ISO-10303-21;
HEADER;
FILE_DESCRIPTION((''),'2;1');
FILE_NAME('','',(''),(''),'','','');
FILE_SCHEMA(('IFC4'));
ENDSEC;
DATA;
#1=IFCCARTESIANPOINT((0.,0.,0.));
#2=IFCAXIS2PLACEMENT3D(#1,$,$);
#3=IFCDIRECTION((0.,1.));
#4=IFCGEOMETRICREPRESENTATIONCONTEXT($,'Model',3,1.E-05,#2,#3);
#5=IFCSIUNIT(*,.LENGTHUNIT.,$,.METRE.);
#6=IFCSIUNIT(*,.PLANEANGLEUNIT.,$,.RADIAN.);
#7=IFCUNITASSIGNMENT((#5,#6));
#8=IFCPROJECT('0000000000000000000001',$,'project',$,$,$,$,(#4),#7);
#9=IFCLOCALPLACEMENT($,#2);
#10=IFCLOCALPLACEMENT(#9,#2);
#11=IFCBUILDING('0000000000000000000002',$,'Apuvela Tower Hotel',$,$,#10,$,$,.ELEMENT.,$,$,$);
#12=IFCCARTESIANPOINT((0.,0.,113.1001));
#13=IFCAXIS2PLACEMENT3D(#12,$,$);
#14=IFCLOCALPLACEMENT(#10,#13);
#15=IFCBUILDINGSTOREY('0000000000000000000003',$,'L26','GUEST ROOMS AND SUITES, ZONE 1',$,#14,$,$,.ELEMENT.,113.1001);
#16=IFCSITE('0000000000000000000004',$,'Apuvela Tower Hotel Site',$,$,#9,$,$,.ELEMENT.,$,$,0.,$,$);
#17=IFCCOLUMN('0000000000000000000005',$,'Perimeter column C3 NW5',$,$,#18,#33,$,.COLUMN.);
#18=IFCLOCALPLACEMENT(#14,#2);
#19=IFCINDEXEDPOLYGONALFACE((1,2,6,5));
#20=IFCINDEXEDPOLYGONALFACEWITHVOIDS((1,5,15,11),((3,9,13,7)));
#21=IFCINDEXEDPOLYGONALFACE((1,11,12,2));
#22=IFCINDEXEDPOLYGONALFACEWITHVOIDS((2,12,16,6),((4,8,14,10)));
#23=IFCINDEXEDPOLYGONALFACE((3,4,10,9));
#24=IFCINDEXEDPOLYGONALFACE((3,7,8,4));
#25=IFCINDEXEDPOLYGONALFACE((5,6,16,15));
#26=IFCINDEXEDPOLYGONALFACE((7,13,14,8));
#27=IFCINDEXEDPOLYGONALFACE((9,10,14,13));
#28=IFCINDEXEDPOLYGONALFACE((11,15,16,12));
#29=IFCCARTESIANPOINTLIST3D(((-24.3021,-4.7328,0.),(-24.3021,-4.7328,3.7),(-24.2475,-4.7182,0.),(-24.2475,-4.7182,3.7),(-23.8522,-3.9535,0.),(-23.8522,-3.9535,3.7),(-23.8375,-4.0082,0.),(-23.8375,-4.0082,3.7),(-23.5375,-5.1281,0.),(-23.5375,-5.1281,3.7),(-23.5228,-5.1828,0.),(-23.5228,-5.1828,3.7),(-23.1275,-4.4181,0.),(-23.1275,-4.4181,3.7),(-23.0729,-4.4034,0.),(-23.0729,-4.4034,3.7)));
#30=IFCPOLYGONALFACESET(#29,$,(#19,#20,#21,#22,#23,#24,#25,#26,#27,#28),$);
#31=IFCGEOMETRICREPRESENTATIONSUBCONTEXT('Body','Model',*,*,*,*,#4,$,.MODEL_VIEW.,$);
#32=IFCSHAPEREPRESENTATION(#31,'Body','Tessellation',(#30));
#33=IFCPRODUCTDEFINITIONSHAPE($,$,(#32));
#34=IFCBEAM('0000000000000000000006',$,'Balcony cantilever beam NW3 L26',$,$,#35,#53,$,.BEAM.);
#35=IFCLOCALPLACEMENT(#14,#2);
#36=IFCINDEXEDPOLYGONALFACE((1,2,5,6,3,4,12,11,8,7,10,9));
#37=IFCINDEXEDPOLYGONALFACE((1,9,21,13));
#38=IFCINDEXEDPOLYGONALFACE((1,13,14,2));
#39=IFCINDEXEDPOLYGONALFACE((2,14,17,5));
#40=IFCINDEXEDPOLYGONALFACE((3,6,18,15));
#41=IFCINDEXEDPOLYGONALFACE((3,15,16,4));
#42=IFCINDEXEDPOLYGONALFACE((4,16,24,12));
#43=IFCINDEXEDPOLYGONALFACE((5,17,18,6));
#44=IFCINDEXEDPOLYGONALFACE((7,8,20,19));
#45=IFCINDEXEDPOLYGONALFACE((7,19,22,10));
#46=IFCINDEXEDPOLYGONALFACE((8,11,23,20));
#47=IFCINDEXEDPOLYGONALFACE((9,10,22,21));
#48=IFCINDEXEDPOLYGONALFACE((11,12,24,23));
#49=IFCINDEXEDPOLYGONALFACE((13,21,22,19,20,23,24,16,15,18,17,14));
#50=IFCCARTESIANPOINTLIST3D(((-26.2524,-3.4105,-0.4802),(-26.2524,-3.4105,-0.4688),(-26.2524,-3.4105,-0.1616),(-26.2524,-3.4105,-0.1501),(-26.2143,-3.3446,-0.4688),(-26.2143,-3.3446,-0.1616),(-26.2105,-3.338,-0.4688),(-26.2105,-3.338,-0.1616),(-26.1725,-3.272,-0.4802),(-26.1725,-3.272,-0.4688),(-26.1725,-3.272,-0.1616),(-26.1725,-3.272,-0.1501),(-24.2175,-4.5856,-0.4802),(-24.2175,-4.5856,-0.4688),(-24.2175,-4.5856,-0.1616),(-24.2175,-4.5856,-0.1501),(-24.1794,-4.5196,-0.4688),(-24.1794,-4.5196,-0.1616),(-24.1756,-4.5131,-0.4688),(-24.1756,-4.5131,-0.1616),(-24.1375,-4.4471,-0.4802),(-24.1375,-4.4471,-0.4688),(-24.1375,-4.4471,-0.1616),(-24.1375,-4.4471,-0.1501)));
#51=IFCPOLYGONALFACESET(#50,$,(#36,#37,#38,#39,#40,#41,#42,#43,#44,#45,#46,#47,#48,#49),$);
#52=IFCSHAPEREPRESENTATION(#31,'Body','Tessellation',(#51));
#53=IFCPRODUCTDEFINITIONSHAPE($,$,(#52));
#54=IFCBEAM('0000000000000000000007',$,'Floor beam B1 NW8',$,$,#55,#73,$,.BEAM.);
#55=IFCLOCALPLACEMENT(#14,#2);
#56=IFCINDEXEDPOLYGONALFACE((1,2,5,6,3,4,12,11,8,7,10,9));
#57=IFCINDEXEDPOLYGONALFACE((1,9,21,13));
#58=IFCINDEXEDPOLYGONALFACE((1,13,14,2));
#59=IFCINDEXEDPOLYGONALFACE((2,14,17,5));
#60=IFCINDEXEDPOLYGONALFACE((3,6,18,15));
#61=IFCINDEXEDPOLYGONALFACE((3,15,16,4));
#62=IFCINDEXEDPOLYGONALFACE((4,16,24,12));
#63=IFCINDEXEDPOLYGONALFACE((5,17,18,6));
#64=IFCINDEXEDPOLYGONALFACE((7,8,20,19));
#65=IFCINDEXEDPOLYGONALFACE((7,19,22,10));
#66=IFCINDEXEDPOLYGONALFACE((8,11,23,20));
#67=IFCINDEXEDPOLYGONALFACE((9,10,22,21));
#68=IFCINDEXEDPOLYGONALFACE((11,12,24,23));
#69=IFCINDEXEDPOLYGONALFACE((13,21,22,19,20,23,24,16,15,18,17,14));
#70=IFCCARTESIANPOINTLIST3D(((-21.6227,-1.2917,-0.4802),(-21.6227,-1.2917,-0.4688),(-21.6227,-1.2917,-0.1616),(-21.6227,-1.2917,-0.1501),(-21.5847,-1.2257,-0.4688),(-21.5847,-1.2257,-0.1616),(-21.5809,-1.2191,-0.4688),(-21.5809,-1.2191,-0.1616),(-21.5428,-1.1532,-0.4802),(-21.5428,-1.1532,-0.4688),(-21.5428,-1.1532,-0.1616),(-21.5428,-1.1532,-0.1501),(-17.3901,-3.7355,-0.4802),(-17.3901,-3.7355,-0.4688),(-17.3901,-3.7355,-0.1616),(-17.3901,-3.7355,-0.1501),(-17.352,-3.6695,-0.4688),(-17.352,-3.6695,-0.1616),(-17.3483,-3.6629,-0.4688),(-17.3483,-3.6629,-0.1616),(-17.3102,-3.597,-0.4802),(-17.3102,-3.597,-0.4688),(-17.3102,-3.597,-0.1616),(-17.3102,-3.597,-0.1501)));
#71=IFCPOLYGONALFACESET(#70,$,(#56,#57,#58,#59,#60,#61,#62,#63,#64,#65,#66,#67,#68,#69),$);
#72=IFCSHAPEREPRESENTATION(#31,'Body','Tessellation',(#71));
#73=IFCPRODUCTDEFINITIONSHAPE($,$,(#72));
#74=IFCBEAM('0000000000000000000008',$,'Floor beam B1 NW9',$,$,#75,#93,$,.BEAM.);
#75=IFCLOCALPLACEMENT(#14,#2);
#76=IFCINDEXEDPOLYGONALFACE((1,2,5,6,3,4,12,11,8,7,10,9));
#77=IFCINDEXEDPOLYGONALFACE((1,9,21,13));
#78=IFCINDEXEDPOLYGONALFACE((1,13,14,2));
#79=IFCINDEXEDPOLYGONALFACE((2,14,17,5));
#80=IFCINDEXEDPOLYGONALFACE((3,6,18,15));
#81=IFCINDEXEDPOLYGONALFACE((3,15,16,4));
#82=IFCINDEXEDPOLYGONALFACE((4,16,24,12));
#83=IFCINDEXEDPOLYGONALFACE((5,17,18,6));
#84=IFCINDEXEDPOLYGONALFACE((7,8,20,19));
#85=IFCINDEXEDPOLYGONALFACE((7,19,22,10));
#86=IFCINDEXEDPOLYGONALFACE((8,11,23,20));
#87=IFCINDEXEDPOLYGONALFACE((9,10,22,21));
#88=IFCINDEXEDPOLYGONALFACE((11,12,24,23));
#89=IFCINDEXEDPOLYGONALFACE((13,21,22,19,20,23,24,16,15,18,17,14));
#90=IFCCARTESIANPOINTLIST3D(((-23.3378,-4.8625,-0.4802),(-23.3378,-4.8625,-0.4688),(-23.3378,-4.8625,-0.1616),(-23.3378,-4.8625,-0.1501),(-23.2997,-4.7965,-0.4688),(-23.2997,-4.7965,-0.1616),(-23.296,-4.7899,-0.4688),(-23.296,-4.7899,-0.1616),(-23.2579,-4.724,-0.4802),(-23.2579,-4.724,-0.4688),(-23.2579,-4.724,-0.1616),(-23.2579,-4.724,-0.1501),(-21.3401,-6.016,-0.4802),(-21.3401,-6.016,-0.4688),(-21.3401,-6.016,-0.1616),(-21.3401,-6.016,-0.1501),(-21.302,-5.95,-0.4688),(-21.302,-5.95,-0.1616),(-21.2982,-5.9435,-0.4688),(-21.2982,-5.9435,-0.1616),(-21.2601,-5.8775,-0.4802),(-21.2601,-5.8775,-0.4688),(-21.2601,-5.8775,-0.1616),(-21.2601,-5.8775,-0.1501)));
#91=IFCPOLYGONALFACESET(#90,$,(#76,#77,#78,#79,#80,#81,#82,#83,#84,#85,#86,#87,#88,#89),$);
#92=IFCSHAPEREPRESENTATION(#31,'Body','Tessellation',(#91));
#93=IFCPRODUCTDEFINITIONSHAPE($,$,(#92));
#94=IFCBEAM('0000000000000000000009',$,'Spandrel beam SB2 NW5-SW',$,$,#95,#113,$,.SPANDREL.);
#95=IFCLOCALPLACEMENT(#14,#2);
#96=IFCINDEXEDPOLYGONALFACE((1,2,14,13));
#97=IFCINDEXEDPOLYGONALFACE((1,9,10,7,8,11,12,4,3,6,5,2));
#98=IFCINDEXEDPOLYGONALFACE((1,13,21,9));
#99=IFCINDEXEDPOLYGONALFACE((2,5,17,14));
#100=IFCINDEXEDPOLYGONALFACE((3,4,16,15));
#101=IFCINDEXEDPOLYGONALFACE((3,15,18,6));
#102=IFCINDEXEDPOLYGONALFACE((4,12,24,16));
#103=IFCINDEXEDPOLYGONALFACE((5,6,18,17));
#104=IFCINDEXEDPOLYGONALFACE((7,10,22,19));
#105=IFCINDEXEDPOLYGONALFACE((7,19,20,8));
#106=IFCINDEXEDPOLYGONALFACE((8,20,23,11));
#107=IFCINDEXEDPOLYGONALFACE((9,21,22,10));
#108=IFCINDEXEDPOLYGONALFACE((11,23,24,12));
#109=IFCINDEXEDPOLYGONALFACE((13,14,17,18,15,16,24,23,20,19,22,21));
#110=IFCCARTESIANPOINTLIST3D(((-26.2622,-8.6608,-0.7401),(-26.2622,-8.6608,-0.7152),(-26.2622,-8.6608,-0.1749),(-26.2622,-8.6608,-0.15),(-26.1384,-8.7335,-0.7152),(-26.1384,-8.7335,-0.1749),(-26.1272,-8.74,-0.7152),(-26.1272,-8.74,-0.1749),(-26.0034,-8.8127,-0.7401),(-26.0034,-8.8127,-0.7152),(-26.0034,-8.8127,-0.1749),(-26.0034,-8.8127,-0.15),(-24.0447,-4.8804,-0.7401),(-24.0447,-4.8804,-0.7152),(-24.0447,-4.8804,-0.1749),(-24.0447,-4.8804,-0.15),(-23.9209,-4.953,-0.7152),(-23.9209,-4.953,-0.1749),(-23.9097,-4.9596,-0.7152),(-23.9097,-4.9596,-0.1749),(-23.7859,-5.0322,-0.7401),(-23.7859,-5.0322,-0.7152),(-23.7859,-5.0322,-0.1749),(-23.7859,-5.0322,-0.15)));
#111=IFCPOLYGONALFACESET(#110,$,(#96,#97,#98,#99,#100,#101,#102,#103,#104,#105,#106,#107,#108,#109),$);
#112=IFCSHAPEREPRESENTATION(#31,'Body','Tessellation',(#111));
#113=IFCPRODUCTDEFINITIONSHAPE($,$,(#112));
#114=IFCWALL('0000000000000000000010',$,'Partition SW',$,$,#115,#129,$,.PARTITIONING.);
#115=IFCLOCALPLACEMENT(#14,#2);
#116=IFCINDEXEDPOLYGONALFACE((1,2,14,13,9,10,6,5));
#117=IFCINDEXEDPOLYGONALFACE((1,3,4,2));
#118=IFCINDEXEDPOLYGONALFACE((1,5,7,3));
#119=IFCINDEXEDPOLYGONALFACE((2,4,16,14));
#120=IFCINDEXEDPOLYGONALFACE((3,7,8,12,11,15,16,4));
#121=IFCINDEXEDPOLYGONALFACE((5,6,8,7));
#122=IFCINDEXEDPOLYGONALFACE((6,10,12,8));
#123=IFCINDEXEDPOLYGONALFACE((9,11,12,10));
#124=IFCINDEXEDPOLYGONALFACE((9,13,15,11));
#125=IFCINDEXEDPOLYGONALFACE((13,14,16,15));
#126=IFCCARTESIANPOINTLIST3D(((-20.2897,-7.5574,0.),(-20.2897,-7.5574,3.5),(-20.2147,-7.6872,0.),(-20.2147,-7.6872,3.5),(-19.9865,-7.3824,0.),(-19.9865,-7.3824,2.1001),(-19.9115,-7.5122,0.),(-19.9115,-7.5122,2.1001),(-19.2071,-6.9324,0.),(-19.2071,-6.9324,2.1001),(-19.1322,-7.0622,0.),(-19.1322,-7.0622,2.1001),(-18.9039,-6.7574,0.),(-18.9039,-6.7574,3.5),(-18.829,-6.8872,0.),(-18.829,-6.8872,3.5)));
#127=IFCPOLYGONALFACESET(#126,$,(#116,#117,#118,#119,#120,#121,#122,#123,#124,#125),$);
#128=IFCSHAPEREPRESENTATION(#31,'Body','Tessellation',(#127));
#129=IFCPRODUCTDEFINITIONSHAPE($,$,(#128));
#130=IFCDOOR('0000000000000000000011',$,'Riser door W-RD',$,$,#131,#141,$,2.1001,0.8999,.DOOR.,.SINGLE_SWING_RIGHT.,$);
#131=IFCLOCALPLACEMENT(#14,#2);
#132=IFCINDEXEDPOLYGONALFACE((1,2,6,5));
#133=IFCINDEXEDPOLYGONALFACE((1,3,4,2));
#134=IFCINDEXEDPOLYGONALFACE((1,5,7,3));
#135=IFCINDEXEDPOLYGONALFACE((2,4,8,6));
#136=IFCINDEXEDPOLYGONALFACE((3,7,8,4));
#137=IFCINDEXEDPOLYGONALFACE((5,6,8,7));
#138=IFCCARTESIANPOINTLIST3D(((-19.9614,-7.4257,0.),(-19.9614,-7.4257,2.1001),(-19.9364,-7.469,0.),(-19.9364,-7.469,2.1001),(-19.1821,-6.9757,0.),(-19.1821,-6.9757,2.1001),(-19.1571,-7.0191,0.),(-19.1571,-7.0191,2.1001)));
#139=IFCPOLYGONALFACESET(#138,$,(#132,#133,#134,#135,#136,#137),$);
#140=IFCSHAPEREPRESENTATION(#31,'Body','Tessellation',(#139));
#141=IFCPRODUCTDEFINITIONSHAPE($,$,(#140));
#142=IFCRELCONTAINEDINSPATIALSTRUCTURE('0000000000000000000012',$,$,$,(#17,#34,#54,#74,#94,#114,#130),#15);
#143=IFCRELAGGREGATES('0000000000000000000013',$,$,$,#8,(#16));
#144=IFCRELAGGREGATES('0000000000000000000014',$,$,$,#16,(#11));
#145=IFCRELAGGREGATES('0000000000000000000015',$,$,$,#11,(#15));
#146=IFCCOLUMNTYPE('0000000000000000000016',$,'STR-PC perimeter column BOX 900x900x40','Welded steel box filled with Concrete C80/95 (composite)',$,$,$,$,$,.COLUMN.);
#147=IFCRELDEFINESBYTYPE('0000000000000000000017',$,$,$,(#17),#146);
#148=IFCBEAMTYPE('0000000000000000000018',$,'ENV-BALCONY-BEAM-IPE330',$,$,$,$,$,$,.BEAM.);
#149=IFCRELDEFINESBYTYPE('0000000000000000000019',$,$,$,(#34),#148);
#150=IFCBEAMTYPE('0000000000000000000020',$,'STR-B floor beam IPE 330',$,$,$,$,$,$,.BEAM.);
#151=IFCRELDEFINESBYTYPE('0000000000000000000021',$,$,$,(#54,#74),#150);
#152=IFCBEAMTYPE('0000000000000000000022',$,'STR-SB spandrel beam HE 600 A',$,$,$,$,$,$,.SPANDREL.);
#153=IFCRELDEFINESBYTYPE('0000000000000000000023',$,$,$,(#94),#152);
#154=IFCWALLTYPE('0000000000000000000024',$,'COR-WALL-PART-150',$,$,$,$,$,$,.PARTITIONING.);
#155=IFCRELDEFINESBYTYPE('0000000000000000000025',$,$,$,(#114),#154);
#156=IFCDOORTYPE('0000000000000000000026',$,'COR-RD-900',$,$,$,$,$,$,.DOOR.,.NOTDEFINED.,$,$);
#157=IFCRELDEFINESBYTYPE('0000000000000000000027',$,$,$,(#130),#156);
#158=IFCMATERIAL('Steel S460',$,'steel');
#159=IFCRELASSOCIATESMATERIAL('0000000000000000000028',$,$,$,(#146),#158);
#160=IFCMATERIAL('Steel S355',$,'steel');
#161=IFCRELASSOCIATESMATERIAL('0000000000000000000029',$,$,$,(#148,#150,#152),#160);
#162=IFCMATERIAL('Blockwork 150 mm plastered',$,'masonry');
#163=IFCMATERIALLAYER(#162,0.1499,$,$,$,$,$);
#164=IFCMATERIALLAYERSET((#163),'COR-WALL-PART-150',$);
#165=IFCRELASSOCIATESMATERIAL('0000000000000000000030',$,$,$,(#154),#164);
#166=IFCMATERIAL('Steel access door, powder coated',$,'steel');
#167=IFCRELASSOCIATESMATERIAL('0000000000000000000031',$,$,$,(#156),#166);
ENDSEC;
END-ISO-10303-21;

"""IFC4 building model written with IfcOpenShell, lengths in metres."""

from ifc_helpers import new_model, si_unit, direction, frame, frame_2d, origin, origin_2d, place, context, subcontext, project, spatial, rectangle, hollow_rectangle, i_section, extrude, material, layer, layer_set, material_profile, profile_set, type_object, element, fill, save


model = new_model("IFC4")

# Units and contexts
model_context = context("Model", 3, precision=1e-05, world=origin(), true_north=direction((0.0, 1.0)))
body_context = subcontext(model_context, "Body", "Model", "MODEL_VIEW")
ifc_project = project(units=[si_unit("LENGTHUNIT", "METRE"), si_unit("PLANEANGLEUNIT", "RADIAN")], contexts=[model_context])

# Site, building, storey
site_placement = place(None, origin())
site = spatial("IfcSite", under=ifc_project, at=site_placement, Name="Apuvela Tower Hotel Site", CompositionType="ELEMENT", RefElevation=0.0)
building_placement = place(site_placement, origin())
building = spatial("IfcBuilding", under=site, at=building_placement, Name="Apuvela Tower Hotel", CompositionType="ELEMENT")
storey_placement = place(building_placement, frame((0.0, 0.0, 113.1001)))
storey = spatial("IfcBuildingStorey", under=building, at=storey_placement, Name="L26", Description="GUEST ROOMS AND SUITES, ZONE 1", CompositionType="ELEMENT", Elevation=113.1001)

# Column
ifc_material_1 = material(Name="Steel S460", Category="steel")
ifc_material_profile_1 = material_profile(ifc_material_1, hollow_rectangle(XDim=0.8999, YDim=0.8999, WallThickness=0.04, at=origin_2d()), Name="BOX 900x900x40")
ifc_material_2 = material(Name="Concrete C80/95", Category="concrete")
ifc_material_profile_2 = material_profile(ifc_material_2, rectangle(XDim=0.8201, YDim=0.8201, at=origin_2d()), Name="Concrete C80/95 infill")
ifc_profile_set_1 = profile_set([ifc_material_profile_1, ifc_material_profile_2], Name="Steel S460")
column_type = type_object("IfcColumnType", Name="STR-PC perimeter column BOX 900x900x40", Description="Welded steel box filled with Concrete C80/95 (composite)", PredefinedType="COLUMN", material=ifc_profile_set_1)
column_placement = place(storey_placement, frame((-23.6875, -4.5681, 0.0), z_axis=(0.0, 0.0, 1.0), x_axis=(0.5, 0.866025, 0.0)))
element("IfcColumn", 1, at=column_placement, inside=storey, type_object=column_type, Name="Perimeter column C3 NW5", PredefinedType="COLUMN", context=body_context, shape_type="SweptSolid", body=[
    extrude(hollow_rectangle(XDim=0.8999, YDim=0.8999, WallThickness=0.04, at=origin_2d()), origin(), (0.0, 0.0, 1.0), 3.7),
])

# Beams
ifc_material_3 = material(Name="Steel S355", Category="steel")
ifc_material_profile_3 = material_profile(ifc_material_3, i_section(OverallWidth=0.1599, OverallDepth=0.3301, WebThickness=0.0076, FlangeThickness=0.0115, at=origin_2d()), Name="IPE 330")
ifc_profile_set_2 = profile_set([ifc_material_profile_3], Name="Steel S355")
beam_type_1 = type_object("IfcBeamType", Name="ENV-BALCONY-BEAM-IPE330", PredefinedType="BEAM", material=ifc_profile_set_2)
beam_1_placement = place(storey_placement, frame((-24.1775, -4.5164, -0.3152), z_axis=(-0.86599, 0.500061, 0.0), x_axis=(-0.500061, -0.86599, 0.0)))
element("IfcBeam", 2, at=beam_1_placement, inside=storey, type_object=beam_type_1, Name="Balcony cantilever beam NW3 L26", PredefinedType="BEAM", context=body_context, shape_type="SweptSolid", body=[
    extrude(i_section(OverallWidth=0.1599, OverallDepth=0.3301, WebThickness=0.0076, FlangeThickness=0.0115, at=origin_2d()), origin(), (0.0, 0.0, 1.0), 2.3499),
])
ifc_material_profile_4 = material_profile(ifc_material_3, i_section(OverallWidth=0.1599, OverallDepth=0.3301, WebThickness=0.0076, FlangeThickness=0.0115, at=origin_2d()), Name="IPE 330")
ifc_profile_set_3 = profile_set([ifc_material_profile_4], Name="Steel S355")
beam_type_2 = type_object("IfcBeamType", Name="STR-B floor beam IPE 330", PredefinedType="BEAM", material=ifc_profile_set_3)
beam_2_placement = place(storey_placement, frame((-21.5828, -1.2224, -0.3152), z_axis=(0.866015, -0.500018, 0.0), x_axis=(0.500018, 0.866015, 0.0)))
element("IfcBeam", 3, at=beam_2_placement, inside=storey, type_object=beam_type_2, Name="Floor beam B1 NW8", PredefinedType="BEAM", context=body_context, shape_type="SweptSolid", body=[
    extrude(i_section(OverallWidth=0.1599, OverallDepth=0.3301, WebThickness=0.0076, FlangeThickness=0.0115, at=origin_2d()), origin(), (0.0, 0.0, 1.0), 4.8875),
])
beam_3_placement = place(storey_placement, frame((-23.2979, -4.7932, -0.3152), z_axis=(0.866001, -0.500043, 0.0), x_axis=(0.500043, 0.866001, 0.0)))
element("IfcBeam", 4, at=beam_3_placement, inside=storey, type_object=beam_type_2, Name="Floor beam B1 NW9", PredefinedType="BEAM", context=body_context, shape_type="SweptSolid", body=[
    extrude(i_section(OverallWidth=0.1599, OverallDepth=0.3301, WebThickness=0.0076, FlangeThickness=0.0115, at=origin_2d()), origin(), (0.0, 0.0, 1.0), 2.3069),
])
ifc_material_profile_5 = material_profile(ifc_material_3, i_section(OverallWidth=0.3, OverallDepth=0.5901, WebThickness=0.0129, FlangeThickness=0.0249, at=origin_2d()), Name="HE 600 A")
ifc_profile_set_4 = profile_set([ifc_material_profile_5], Name="Steel S355")
beam_type_3 = type_object("IfcBeamType", Name="STR-SB spandrel beam HE 600 A", PredefinedType="SPANDREL", material=ifc_profile_set_4)
beam_4_placement = place(storey_placement, frame((-23.9153, -4.9563, -0.4451), z_axis=(-0.505951, -0.862562, 0.0), x_axis=(0.862562, -0.505951, 0.0)))
element("IfcBeam", 5, at=beam_4_placement, inside=storey, type_object=beam_type_3, Name="Spandrel beam SB2 NW5-SW", PredefinedType="SPANDREL", context=body_context, shape_type="SweptSolid", body=[
    extrude(i_section(OverallWidth=0.3, OverallDepth=0.5901, WebThickness=0.0129, FlangeThickness=0.0249, at=origin_2d()), origin(), (0.0, 0.0, 1.0), 4.3828),
])

# Wall, opening, door
ifc_material_4 = material(Name="Blockwork 150 mm plastered", Category="masonry")
ifc_layer_1 = layer(ifc_material_4, 0.1499)
ifc_layer_set_1 = layer_set([ifc_layer_1], Name="COR-WALL-PART-150")
wall_type_1 = type_object("IfcWallType", Name="COR-WALL-PART-150", PredefinedType="PARTITIONING", material=ifc_layer_set_1)
wall_1_placement = place(storey_placement, frame((-18.8665, -6.8223, 0.0), z_axis=(0.0, 0.0, 1.0), x_axis=(-0.866028, -0.499995, 0.0)))
wall_1 = element("IfcWall", 6, at=wall_1_placement, inside=storey, type_object=wall_type_1, Name="Partition SW", PredefinedType="PARTITIONING", context=body_context, shape_type="SweptSolid", body=[
    extrude(rectangle(XDim=1.6001, YDim=0.1499, at=frame_2d((0.8, 0.0))), origin(), (0.0, 0.0, 1.0), 3.5),
])
opening_1_placement = place(wall_1_placement, frame((0.3501, 0.0, 0.0)))
opening_1 = element("IfcOpeningElement", 7, at=opening_1_placement, cuts=wall_1, PredefinedType="OPENING", context=body_context, shape_type="SweptSolid", body=[
    extrude(rectangle(XDim=0.8999, YDim=2.1001, at=frame_2d((0.45, 1.05))), frame((0.0, 0.085, 0.0), z_axis=(0.0, -1.0, 0.0), x_axis=(1.0, 0.0, 0.0)), (0.0, 0.0, 1.0), 0.1699),
])
ifc_material_5 = material(Name="Steel access door, powder coated", Category="steel")
door_type_1 = type_object("IfcDoorType", Name="COR-RD-900", OperationType="NOTDEFINED", PredefinedType="DOOR", material=ifc_material_5)
door_1_placement = place(opening_1_placement, frame((0.8999, 0.0, 0.0), z_axis=(0.0, 0.0, 1.0), x_axis=(-1.0, 0.0, 0.0)))
door_1 = element("IfcDoor", 8, at=door_1_placement, inside=storey, type_object=door_type_1, Name="Riser door W-RD", OperationType="SINGLE_SWING_RIGHT", OverallHeight=2.1001, OverallWidth=0.8999, PredefinedType="DOOR", context=body_context, shape_type="SweptSolid", body=[
    extrude(rectangle(XDim=0.8999, YDim=2.1001, at=frame_2d((0.45, 1.05))), frame((0.0, 0.0249, 0.0), z_axis=(0.0, -1.0, 0.0), x_axis=(1.0, 0.0, 0.0)), (0.0, 0.0, 1.0), 0.05),
])
fill(opening_1, door_1)

save(model, "model.ifc")
